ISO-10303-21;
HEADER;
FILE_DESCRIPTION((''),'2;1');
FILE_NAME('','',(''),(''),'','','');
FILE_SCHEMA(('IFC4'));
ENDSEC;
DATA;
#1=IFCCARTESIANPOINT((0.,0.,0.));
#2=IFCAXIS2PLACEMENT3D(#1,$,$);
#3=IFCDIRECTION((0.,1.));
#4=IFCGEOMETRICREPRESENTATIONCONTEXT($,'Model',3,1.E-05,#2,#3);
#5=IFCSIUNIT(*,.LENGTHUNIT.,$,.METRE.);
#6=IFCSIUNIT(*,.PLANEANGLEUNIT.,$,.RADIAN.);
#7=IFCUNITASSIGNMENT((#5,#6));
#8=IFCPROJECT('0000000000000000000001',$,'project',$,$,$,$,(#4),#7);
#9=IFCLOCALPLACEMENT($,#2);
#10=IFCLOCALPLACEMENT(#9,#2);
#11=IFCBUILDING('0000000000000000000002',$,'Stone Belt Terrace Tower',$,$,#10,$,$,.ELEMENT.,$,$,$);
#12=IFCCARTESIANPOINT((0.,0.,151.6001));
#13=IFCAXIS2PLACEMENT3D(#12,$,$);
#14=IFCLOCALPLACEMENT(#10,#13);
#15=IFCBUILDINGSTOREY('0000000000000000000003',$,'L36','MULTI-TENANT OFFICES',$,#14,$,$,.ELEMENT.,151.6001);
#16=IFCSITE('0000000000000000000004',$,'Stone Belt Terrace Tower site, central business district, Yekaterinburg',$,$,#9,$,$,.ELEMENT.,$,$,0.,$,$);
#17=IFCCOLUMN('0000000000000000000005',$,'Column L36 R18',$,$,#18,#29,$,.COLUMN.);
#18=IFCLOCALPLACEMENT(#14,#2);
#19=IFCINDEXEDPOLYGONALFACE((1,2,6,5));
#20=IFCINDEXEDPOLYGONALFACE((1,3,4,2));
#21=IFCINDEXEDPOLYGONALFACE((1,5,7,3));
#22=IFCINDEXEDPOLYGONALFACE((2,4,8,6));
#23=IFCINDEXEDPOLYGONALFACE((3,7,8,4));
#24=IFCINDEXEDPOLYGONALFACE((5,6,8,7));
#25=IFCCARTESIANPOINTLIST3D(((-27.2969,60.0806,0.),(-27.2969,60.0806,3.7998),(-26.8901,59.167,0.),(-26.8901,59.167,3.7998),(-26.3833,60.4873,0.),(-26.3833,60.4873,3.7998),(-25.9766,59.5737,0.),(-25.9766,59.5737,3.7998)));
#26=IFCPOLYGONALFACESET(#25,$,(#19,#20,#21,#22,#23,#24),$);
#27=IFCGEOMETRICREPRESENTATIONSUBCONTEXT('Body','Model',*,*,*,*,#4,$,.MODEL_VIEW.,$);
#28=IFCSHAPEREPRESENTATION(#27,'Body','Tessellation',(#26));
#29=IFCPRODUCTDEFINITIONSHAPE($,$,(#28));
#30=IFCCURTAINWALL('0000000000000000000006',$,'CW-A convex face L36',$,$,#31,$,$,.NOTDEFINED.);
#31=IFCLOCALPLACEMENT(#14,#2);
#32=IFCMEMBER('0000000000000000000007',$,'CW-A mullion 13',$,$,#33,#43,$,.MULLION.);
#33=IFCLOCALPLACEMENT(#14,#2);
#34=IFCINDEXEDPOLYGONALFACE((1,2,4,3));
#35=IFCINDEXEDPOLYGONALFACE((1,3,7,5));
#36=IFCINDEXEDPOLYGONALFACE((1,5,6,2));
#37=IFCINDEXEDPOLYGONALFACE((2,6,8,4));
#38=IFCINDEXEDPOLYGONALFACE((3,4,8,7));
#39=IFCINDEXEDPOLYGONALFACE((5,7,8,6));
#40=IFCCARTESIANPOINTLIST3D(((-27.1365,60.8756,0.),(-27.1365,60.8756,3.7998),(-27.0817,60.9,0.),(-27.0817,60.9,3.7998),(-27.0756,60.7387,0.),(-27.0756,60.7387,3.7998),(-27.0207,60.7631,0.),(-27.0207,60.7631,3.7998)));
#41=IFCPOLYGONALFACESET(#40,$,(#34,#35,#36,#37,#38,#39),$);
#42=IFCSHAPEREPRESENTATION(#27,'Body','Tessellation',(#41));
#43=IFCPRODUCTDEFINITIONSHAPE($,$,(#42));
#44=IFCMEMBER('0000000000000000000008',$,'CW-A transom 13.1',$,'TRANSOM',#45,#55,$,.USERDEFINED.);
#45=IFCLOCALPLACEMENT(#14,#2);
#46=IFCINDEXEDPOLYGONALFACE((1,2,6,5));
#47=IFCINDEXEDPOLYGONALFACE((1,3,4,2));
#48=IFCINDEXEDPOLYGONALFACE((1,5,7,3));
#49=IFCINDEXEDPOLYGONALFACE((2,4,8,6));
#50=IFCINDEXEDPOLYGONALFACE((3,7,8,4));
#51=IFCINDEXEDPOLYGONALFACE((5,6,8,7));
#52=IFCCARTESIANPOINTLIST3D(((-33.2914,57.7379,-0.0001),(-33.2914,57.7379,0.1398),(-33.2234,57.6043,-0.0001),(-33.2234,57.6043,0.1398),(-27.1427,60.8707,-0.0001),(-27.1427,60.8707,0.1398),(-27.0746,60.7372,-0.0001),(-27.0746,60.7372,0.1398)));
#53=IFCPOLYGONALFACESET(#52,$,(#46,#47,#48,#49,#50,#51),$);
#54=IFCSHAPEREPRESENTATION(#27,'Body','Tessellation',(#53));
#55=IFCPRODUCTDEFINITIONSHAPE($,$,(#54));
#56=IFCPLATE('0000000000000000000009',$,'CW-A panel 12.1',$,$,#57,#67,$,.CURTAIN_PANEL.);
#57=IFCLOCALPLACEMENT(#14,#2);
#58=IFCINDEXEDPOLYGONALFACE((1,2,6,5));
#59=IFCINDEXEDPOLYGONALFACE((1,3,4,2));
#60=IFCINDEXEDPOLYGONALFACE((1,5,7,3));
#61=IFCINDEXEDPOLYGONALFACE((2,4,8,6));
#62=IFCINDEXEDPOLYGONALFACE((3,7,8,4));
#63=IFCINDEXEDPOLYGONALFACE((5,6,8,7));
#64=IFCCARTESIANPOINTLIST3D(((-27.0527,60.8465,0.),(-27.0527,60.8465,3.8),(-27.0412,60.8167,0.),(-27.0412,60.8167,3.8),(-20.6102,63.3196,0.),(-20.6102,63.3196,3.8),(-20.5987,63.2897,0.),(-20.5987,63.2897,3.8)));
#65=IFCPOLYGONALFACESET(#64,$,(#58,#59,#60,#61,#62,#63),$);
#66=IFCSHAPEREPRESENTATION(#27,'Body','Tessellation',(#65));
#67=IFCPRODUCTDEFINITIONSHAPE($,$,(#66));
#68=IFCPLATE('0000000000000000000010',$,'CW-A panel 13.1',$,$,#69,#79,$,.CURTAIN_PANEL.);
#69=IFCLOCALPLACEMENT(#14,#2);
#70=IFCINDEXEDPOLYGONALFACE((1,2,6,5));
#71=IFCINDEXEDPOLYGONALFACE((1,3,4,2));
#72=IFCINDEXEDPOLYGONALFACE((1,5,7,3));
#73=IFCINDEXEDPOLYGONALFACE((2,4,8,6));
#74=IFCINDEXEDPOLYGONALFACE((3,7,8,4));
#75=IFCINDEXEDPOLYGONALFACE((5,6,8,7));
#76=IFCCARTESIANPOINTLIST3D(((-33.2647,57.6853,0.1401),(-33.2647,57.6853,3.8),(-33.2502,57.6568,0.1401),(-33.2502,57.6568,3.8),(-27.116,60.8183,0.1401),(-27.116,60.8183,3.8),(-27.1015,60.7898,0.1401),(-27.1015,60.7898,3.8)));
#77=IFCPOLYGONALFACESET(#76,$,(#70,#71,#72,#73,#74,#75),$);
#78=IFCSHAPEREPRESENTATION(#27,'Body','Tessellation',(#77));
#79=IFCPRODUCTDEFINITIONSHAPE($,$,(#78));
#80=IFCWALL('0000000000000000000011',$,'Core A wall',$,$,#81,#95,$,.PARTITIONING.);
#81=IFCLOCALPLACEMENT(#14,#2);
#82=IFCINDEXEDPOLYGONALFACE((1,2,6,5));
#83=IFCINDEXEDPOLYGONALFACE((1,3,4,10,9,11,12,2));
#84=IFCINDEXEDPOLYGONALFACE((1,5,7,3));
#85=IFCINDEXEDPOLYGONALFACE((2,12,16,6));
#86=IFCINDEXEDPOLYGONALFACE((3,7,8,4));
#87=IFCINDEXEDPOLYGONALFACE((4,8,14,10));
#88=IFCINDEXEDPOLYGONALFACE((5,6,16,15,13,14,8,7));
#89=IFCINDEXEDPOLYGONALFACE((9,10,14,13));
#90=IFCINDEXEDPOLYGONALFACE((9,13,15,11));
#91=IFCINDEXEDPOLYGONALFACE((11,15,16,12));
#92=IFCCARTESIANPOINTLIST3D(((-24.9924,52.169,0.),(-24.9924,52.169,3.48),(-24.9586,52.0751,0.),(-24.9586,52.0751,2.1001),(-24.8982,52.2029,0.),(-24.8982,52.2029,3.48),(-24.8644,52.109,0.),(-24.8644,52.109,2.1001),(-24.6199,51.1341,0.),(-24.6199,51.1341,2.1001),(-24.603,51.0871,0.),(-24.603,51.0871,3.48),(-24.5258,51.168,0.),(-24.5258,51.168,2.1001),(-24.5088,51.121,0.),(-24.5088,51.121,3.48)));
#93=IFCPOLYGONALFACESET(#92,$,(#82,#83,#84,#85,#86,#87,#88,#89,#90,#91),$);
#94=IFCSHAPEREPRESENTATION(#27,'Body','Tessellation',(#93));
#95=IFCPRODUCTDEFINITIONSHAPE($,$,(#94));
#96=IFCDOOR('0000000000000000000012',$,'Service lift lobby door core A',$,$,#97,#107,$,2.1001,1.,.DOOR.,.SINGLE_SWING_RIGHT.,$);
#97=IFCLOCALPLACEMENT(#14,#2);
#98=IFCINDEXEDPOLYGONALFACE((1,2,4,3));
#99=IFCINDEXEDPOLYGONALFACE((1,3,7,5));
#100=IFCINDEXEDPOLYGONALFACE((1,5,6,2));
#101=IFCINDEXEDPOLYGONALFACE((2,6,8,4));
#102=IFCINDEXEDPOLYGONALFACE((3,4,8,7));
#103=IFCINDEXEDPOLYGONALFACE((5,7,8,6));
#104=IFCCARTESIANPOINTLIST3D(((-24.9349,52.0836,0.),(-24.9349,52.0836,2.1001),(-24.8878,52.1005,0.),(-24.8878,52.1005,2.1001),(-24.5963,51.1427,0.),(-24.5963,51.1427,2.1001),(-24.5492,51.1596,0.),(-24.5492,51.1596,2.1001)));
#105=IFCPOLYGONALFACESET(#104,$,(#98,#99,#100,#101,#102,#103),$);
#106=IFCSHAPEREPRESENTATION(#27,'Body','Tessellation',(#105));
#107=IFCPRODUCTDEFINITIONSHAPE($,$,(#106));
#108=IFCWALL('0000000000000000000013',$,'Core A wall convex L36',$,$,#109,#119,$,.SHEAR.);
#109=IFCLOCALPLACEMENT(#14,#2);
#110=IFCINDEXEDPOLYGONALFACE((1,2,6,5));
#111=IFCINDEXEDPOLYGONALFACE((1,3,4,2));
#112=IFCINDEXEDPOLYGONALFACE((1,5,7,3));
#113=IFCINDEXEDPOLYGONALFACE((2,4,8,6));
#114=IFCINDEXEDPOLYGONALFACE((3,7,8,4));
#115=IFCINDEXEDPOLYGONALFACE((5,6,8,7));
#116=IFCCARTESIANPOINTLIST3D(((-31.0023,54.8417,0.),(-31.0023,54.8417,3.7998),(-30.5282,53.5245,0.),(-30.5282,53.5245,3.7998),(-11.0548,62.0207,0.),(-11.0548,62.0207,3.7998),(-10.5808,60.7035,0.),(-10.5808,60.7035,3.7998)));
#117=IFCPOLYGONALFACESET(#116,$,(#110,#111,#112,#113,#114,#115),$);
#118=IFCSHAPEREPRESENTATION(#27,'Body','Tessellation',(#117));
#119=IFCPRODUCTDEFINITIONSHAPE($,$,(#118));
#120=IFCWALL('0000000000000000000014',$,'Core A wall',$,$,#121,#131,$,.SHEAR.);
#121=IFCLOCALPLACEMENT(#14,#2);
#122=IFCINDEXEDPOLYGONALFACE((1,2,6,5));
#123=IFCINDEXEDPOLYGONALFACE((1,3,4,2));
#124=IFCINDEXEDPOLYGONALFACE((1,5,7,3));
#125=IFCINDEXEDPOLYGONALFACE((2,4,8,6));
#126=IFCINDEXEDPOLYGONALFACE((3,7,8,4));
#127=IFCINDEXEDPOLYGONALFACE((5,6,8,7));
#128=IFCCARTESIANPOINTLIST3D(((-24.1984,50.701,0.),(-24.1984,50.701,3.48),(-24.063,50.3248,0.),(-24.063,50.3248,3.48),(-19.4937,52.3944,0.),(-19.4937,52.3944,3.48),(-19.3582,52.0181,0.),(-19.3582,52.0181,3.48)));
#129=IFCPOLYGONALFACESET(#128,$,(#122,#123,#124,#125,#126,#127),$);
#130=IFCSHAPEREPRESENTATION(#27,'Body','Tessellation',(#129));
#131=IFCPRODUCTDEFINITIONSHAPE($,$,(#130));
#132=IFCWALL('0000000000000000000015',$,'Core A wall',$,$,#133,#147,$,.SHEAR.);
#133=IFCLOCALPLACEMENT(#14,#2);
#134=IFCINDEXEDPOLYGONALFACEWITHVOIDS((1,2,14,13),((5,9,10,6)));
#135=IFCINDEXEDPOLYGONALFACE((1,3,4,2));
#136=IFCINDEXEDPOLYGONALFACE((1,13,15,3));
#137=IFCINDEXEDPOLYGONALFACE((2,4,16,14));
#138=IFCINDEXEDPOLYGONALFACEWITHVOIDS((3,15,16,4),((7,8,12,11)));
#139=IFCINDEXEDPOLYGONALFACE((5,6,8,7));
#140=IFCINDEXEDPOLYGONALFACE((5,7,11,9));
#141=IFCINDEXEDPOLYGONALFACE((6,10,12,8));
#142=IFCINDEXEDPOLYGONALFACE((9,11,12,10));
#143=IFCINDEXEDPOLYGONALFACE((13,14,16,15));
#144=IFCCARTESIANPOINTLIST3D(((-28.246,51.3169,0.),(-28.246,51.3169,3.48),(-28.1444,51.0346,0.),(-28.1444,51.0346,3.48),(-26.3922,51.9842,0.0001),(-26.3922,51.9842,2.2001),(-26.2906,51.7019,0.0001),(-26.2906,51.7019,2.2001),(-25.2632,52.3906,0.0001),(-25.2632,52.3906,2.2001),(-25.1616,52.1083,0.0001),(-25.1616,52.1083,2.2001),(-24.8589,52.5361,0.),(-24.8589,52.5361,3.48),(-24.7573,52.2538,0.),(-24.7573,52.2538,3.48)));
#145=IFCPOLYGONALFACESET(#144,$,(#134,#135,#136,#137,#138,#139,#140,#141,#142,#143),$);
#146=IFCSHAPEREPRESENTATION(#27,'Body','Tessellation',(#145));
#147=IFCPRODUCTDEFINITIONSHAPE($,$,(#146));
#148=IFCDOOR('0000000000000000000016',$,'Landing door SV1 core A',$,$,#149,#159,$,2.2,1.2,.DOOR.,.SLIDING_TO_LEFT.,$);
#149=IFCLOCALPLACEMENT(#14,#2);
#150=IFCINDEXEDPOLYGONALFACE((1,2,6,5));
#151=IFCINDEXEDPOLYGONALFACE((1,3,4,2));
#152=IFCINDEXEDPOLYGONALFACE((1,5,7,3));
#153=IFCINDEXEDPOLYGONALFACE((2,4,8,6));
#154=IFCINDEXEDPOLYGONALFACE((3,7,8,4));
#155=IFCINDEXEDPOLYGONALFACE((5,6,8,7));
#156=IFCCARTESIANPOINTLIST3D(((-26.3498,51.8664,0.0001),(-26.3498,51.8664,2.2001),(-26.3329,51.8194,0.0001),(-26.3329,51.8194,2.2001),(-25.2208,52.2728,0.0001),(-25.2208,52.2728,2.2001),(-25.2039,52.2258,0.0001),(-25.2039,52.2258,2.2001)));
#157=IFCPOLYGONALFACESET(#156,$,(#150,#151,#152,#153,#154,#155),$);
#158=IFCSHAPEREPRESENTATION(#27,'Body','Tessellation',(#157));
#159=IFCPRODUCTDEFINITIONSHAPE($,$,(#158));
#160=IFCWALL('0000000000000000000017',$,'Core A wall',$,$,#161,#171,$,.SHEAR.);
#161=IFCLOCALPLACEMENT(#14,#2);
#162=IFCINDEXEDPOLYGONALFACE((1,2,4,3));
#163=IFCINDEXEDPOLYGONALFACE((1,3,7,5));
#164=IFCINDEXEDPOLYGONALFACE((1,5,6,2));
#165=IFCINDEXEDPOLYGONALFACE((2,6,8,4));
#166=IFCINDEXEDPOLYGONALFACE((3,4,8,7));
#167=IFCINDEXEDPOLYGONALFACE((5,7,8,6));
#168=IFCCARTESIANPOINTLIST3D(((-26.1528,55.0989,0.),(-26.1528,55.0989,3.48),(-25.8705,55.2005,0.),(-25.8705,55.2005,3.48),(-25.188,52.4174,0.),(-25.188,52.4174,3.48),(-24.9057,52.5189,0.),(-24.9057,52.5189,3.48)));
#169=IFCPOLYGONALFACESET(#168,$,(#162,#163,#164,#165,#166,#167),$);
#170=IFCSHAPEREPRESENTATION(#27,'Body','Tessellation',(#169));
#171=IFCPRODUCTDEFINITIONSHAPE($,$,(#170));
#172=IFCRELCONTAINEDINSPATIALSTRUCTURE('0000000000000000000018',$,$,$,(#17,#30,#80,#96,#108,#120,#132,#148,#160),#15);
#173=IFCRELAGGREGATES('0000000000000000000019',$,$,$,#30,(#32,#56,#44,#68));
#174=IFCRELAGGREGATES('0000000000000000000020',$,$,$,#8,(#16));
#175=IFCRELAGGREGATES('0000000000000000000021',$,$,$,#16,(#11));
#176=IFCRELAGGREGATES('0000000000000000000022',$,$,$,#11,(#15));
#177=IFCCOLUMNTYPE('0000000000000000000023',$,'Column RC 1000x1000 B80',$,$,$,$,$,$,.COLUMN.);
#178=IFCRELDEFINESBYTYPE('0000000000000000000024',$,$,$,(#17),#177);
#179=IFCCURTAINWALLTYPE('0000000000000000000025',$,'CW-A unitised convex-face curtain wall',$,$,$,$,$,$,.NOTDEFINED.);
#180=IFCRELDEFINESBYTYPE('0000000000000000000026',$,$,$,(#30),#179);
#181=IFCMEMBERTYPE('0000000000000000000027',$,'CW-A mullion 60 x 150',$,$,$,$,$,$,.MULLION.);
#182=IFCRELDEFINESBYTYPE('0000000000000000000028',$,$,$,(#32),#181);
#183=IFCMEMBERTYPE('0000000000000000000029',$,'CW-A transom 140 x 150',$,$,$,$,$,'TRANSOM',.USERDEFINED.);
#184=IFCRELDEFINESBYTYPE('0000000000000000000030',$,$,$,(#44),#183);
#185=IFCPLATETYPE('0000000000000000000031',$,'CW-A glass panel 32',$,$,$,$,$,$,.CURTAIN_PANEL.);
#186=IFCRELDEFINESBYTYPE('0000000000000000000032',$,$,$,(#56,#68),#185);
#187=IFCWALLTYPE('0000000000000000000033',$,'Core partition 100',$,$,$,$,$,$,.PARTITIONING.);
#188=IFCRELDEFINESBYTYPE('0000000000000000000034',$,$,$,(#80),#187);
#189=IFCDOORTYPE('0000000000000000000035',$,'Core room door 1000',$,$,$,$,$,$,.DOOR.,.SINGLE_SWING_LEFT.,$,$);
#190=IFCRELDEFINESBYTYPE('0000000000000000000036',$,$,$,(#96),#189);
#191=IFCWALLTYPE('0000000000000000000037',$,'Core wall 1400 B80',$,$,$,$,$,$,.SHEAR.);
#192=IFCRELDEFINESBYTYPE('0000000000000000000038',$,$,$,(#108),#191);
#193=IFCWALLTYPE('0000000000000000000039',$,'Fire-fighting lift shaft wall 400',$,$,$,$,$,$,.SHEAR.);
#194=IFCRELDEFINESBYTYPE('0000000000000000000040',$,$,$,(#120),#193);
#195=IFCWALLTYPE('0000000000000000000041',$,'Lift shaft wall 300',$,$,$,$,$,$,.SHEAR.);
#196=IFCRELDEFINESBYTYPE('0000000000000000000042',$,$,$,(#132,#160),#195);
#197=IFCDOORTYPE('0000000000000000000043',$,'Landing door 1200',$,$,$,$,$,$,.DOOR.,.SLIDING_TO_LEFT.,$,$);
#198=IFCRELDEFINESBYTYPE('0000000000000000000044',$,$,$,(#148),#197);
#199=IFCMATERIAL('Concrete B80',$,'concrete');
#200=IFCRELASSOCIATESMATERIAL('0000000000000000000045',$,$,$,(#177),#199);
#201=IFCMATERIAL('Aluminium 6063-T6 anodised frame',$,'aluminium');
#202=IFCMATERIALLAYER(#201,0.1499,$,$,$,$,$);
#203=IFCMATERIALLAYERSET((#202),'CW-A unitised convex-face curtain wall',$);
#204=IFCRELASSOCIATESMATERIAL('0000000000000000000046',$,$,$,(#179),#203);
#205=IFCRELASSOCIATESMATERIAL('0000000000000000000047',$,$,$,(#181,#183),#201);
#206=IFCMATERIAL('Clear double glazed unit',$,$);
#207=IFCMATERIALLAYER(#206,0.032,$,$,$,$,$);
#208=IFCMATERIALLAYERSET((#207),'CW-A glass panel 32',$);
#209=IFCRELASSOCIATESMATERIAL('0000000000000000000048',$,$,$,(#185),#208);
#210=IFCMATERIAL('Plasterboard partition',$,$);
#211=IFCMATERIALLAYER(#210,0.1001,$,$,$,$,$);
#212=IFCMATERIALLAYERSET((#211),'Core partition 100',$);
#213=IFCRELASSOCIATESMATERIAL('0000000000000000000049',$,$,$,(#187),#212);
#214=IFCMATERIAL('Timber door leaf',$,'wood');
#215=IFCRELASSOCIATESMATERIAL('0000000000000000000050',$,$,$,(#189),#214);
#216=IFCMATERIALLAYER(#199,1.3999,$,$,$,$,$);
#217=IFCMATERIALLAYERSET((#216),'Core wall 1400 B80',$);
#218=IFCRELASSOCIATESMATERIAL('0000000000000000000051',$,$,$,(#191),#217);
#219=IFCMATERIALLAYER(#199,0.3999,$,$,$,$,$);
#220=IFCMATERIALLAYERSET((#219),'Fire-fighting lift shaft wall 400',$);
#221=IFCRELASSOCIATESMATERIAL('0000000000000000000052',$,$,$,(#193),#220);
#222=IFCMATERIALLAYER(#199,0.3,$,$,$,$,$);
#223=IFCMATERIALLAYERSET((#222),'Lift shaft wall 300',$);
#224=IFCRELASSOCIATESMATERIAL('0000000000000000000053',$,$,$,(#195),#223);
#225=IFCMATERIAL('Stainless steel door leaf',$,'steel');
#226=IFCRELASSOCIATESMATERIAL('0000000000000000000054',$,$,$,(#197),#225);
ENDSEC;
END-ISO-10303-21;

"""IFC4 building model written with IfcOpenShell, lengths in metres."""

from ifc_helpers import new_model, si_unit, direction, frame, frame_2d, origin, origin_2d, place, context, subcontext, project, spatial, rectangle, extrude, material, layer, layer_set, material_profile, profile_set, type_object, element, fill, aggregate, save


model = new_model("IFC4")

# Units and contexts
model_context = context("Model", 3, precision=1e-05, world=origin(), true_north=direction((0.0, 1.0)))
body_context = subcontext(model_context, "Body", "Model", "MODEL_VIEW")
ifc_project = project(units=[si_unit("LENGTHUNIT", "METRE"), si_unit("PLANEANGLEUNIT", "RADIAN")], contexts=[model_context])

# Site, building, storey
site_placement = place(None, origin())
site = spatial("IfcSite", under=ifc_project, at=site_placement, Name="Stone Belt Terrace Tower site, central business district, Yekaterinburg", CompositionType="ELEMENT", RefElevation=0.0)
building_placement = place(site_placement, origin())
building = spatial("IfcBuilding", under=site, at=building_placement, Name="Stone Belt Terrace Tower", CompositionType="ELEMENT")
storey_placement = place(building_placement, frame((0.0, 0.0, 151.6001)))
storey = spatial("IfcBuildingStorey", under=building, at=storey_placement, Name="L36", Description="MULTI-TENANT OFFICES", CompositionType="ELEMENT", Elevation=151.6001)

# Column
ifc_material_1 = material(Name="Concrete B80", Category="concrete")
ifc_material_profile_1 = material_profile(ifc_material_1, rectangle(XDim=1.0, YDim=1.0, at=origin_2d()), Name="RC 1000x1000")
ifc_profile_set_1 = profile_set([ifc_material_profile_1], Name="Concrete B80")
column_type = type_object("IfcColumnType", Name="Column RC 1000x1000 B80", PredefinedType="COLUMN", material=ifc_profile_set_1)
column_placement = place(storey_placement, frame((-26.6367, 59.8271, 0.0), z_axis=(0.0, 0.0, 1.0), x_axis=(0.913545, 0.406737, 0.0)))
element("IfcColumn", 1, at=column_placement, inside=storey, type_object=column_type, Name="Column L36 R18", PredefinedType="COLUMN", context=body_context, shape_type="SweptSolid", body=[
    extrude(rectangle(XDim=1.0, YDim=1.0, at=origin_2d()), origin(), (0.0, 0.0, 1.0), 3.7998),
])

# Curtain wall, members, plates
ifc_material_2 = material(Name="Aluminium 6063-T6 anodised frame", Category="aluminium")
ifc_layer_1 = layer(ifc_material_2, 0.1499)
ifc_layer_set_1 = layer_set([ifc_layer_1], Name="CW-A unitised convex-face curtain wall")
curtain_wall_type = type_object("IfcCurtainWallType", Name="CW-A unitised convex-face curtain wall", PredefinedType="NOTDEFINED", material=ifc_layer_set_1)
curtain_wall_placement = place(storey_placement, origin())
curtain_wall = element("IfcCurtainWall", 2, at=curtain_wall_placement, inside=storey, type_object=curtain_wall_type, Name="CW-A convex face L36", PredefinedType="NOTDEFINED")
ifc_material_profile_2 = material_profile(ifc_material_2, rectangle(XDim=0.1499, YDim=0.0601, at=origin_2d()), Name="Aluminium 6063-T6 60x150")
ifc_profile_set_2 = profile_set([ifc_material_profile_2], Name="Aluminium 6063-T6 anodised frame")
member_type_1 = type_object("IfcMemberType", Name="CW-A mullion 60 x 150", PredefinedType="MULLION", material=ifc_profile_set_2)
member_1_placement = place(storey_placement, frame((-27.0786, 60.8193, 0.0), z_axis=(0.0, 0.0, 1.0), x_axis=(0.406737, -0.913545, 0.0)))
member_1 = element("IfcMember", 3, at=member_1_placement, type_object=member_type_1, Name="CW-A mullion 13", PredefinedType="MULLION", context=body_context, shape_type="SweptSolid", body=[
    extrude(rectangle(XDim=0.1499, YDim=0.0601, at=origin_2d()), origin(), (0.0, 0.0, 1.0), 3.7998),
])
ifc_material_profile_3 = material_profile(ifc_material_2, rectangle(XDim=0.1499, YDim=0.1399, at=origin_2d()), Name="Aluminium 6063-T6 150x140")
ifc_profile_set_3 = profile_set([ifc_material_profile_3], Name="Aluminium 6063-T6 anodised frame")
member_type_2 = type_object("IfcMemberType", Name="CW-A transom 140 x 150", ElementType="TRANSOM", PredefinedType="USERDEFINED", material=ifc_profile_set_3)
member_2_placement = place(storey_placement, frame((-27.1086, 60.804, 0.0698), z_axis=(-0.891012, -0.453979, 0.0), x_axis=(0.453979, -0.891012, 0.0)))
member_2 = element("IfcMember", 4, at=member_2_placement, type_object=member_type_2, Name="CW-A transom 13.1", ObjectType="TRANSOM", PredefinedType="USERDEFINED", context=body_context, shape_type="SweptSolid", body=[
    extrude(rectangle(XDim=0.1499, YDim=0.1399, at=origin_2d()), origin(), (0.0, 0.0, 1.0), 6.9009),
])
ifc_material_3 = material(Name="Clear double glazed unit")
ifc_layer_2 = layer(ifc_material_3, 0.032)
ifc_layer_set_2 = layer_set([ifc_layer_2], Name="CW-A glass panel 32")
plate_type = type_object("IfcPlateType", Name="CW-A glass panel 32", PredefinedType="CURTAIN_PANEL", material=ifc_layer_set_2)
plate_1_placement = place(storey_placement, frame((-23.8257, 62.0681, 0.0), z_axis=(0.0, 0.0, 1.0), x_axis=(-0.93358, -0.358368, 0.0)))
plate_1 = element("IfcPlate", 5, at=plate_1_placement, type_object=plate_type, Name="CW-A panel 12.1", PredefinedType="CURTAIN_PANEL", context=body_context, shape_type="SweptSolid", body=[
    extrude(rectangle(XDim=6.9009, YDim=0.032, at=origin_2d()), origin(), (0.0, 0.0, 1.0), 3.8),
])
plate_2_placement = place(storey_placement, frame((-30.1831, 59.2375, 0.1401), z_axis=(0.0, 0.0, 1.0), x_axis=(-0.891007, -0.45399, 0.0)))
plate_2 = element("IfcPlate", 6, at=plate_2_placement, type_object=plate_type, Name="CW-A panel 13.1", PredefinedType="CURTAIN_PANEL", context=body_context, shape_type="SweptSolid", body=[
    extrude(rectangle(XDim=6.9009, YDim=0.032, at=origin_2d()), origin(), (0.0, 0.0, 1.0), 3.6599),
])
aggregate(curtain_wall, [member_1, plate_1, member_2, plate_2])

# Wall, opening, door
ifc_material_4 = material(Name="Plasterboard partition")
ifc_layer_3 = layer(ifc_material_4, 0.1001)
ifc_layer_set_3 = layer_set([ifc_layer_3], Name="Core partition 100")
wall_type_1 = type_object("IfcWallType", Name="Core partition 100", PredefinedType="PARTITIONING", material=ifc_layer_set_3)
wall_1_placement = place(storey_placement, frame((-24.5559, 51.104, 0.0), z_axis=(0.0, 0.0, 1.0), x_axis=(-0.338622, 0.940923, 0.0)))
wall_1 = element("IfcWall", 7, at=wall_1_placement, inside=storey, type_object=wall_type_1, Name="Core A wall", PredefinedType="PARTITIONING", context=body_context, shape_type="SweptSolid", body=[
    extrude(rectangle(XDim=1.1499, YDim=0.1001, at=frame_2d((0.575, 0.0))), origin(), (0.0, 0.0, 1.0), 3.48),
])
opening_1_placement = place(wall_1_placement, frame((0.05, 0.0, 0.0)))
opening_1 = element("IfcOpeningElement", 8, at=opening_1_placement, cuts=wall_1, PredefinedType="OPENING", context=body_context, shape_type="SweptSolid", body=[
    extrude(rectangle(XDim=1.0, YDim=2.1001, at=frame_2d((0.5, 1.05))), frame((0.0, 0.0601, 0.0), z_axis=(0.0, -1.0, 0.0), x_axis=(1.0, 0.0, 0.0)), (0.0, 0.0, 1.0), 0.1201),
])
ifc_material_5 = material(Name="Timber door leaf", Category="wood")
door_type_1 = type_object("IfcDoorType", Name="Core room door 1000", OperationType="SINGLE_SWING_LEFT", PredefinedType="DOOR", material=ifc_material_5)
door_1_placement = place(opening_1_placement, origin())
door_1 = element("IfcDoor", 9, at=door_1_placement, inside=storey, type_object=door_type_1, Name="Service lift lobby door core A", OperationType="SINGLE_SWING_RIGHT", OverallHeight=2.1001, OverallWidth=1.0, PredefinedType="DOOR", context=body_context, shape_type="SweptSolid", body=[
    extrude(rectangle(XDim=1.0, YDim=2.1001, at=frame_2d((0.5, 1.05))), frame((0.0, 0.0249, 0.0), z_axis=(0.0, -1.0, 0.0), x_axis=(1.0, 0.0, 0.0)), (0.0, 0.0, 1.0), 0.05),
])
fill(opening_1, door_1)

# Walls
ifc_layer_4 = layer(ifc_material_1, 1.3999)
ifc_layer_set_4 = layer_set([ifc_layer_4], Name="Core wall 1400 B80")
wall_type_2 = type_object("IfcWallType", Name="Core wall 1400 B80", PredefinedType="SHEAR", material=ifc_layer_set_4)
wall_2_placement = place(storey_placement, frame((-30.7654, 54.1831, 0.0), z_axis=(0.0, 0.0, 1.0), x_axis=(0.94092, 0.33863, 0.0)))
element("IfcWall", 10, at=wall_2_placement, inside=storey, type_object=wall_type_2, Name="Core A wall convex L36", PredefinedType="SHEAR", context=body_context, shape_type="SweptSolid", body=[
    extrude(rectangle(XDim=21.2, YDim=1.3999, at=frame_2d((10.6001, 0.0))), origin(), (0.0, 0.0, 1.0), 3.7998),
])
ifc_layer_5 = layer(ifc_material_1, 0.3999)
ifc_layer_set_5 = layer_set([ifc_layer_5], Name="Fire-fighting lift shaft wall 400")
wall_type_3 = type_object("IfcWallType", Name="Fire-fighting lift shaft wall 400", PredefinedType="SHEAR", material=ifc_layer_set_5)
wall_3_placement = place(storey_placement, frame((-24.1306, 50.5129, 0.0), z_axis=(0.0, 0.0, 1.0), x_axis=(0.940912, 0.338652, 0.0)))
element("IfcWall", 11, at=wall_3_placement, inside=storey, type_object=wall_type_3, Name="Core A wall", PredefinedType="SHEAR", context=body_context, shape_type="SweptSolid", body=[
    extrude(rectangle(XDim=5.0002, YDim=0.3999, at=frame_2d((2.5, 0.0))), origin(), (0.0, 0.0, 1.0), 3.48),
])

# Wall, opening, door
ifc_layer_6 = layer(ifc_material_1, 0.3)
ifc_layer_set_6 = layer_set([ifc_layer_6], Name="Lift shaft wall 300")
wall_type_4 = type_object("IfcWallType", Name="Lift shaft wall 300", PredefinedType="SHEAR", material=ifc_layer_set_6)
wall_4_placement = place(storey_placement, frame((-28.1951, 51.1758, 0.0), z_axis=(0.0, 0.0, 1.0), x_axis=(0.940901, 0.338681, 0.0)))
wall_4 = element("IfcWall", 12, at=wall_4_placement, inside=storey, type_object=wall_type_4, Name="Core A wall", PredefinedType="SHEAR", context=body_context, shape_type="SweptSolid", body=[
    extrude(rectangle(XDim=3.5999, YDim=0.3, at=frame_2d((1.7998, 0.0))), origin(), (0.0, 0.0, 1.0), 3.48),
])
opening_2_placement = place(wall_4_placement, frame((1.97, 0.0, 0.0)))
opening_2 = element("IfcOpeningElement", 13, at=opening_2_placement, cuts=wall_4, PredefinedType="OPENING", context=body_context, shape_type="SweptSolid", body=[
    extrude(rectangle(XDim=1.2, YDim=2.2, at=frame_2d((0.6001, 1.1001))), frame((0.0, 0.1599, 0.0), z_axis=(0.0, -1.0, 0.0), x_axis=(1.0, 0.0, 0.0)), (0.0, 0.0, 1.0), 0.3201),
])
ifc_material_6 = material(Name="Stainless steel door leaf", Category="steel")
door_type_2 = type_object("IfcDoorType", Name="Landing door 1200", OperationType="SLIDING_TO_LEFT", PredefinedType="DOOR", material=ifc_material_6)
door_2_placement = place(opening_2_placement, origin())
door_2 = element("IfcDoor", 14, at=door_2_placement, inside=storey, type_object=door_type_2, Name="Landing door SV1 core A", OperationType="SLIDING_TO_LEFT", OverallHeight=2.2, OverallWidth=1.2, PredefinedType="DOOR", context=body_context, shape_type="SweptSolid", body=[
    extrude(rectangle(XDim=1.2, YDim=2.2, at=frame_2d((0.6001, 1.1001))), frame((0.0, 0.0249, 0.0), z_axis=(0.0, -1.0, 0.0), x_axis=(1.0, 0.0, 0.0)), (0.0, 0.0, 1.0), 0.05),
])
fill(opening_2, door_2)

# Wall
wall_5_placement = place(storey_placement, frame((-25.0469, 52.4683, 0.0), z_axis=(0.0, 0.0, 1.0), x_axis=(-0.33855, 0.940949, 0.0)))
element("IfcWall", 15, at=wall_5_placement, inside=storey, type_object=wall_type_4, Name="Core A wall", PredefinedType="SHEAR", context=body_context, shape_type="SweptSolid", body=[
    extrude(rectangle(XDim=2.8499, YDim=0.3, at=frame_2d((1.4248, 0.0))), origin(), (0.0, 0.0, 1.0), 3.48),
])

save(model, "model.ifc")
